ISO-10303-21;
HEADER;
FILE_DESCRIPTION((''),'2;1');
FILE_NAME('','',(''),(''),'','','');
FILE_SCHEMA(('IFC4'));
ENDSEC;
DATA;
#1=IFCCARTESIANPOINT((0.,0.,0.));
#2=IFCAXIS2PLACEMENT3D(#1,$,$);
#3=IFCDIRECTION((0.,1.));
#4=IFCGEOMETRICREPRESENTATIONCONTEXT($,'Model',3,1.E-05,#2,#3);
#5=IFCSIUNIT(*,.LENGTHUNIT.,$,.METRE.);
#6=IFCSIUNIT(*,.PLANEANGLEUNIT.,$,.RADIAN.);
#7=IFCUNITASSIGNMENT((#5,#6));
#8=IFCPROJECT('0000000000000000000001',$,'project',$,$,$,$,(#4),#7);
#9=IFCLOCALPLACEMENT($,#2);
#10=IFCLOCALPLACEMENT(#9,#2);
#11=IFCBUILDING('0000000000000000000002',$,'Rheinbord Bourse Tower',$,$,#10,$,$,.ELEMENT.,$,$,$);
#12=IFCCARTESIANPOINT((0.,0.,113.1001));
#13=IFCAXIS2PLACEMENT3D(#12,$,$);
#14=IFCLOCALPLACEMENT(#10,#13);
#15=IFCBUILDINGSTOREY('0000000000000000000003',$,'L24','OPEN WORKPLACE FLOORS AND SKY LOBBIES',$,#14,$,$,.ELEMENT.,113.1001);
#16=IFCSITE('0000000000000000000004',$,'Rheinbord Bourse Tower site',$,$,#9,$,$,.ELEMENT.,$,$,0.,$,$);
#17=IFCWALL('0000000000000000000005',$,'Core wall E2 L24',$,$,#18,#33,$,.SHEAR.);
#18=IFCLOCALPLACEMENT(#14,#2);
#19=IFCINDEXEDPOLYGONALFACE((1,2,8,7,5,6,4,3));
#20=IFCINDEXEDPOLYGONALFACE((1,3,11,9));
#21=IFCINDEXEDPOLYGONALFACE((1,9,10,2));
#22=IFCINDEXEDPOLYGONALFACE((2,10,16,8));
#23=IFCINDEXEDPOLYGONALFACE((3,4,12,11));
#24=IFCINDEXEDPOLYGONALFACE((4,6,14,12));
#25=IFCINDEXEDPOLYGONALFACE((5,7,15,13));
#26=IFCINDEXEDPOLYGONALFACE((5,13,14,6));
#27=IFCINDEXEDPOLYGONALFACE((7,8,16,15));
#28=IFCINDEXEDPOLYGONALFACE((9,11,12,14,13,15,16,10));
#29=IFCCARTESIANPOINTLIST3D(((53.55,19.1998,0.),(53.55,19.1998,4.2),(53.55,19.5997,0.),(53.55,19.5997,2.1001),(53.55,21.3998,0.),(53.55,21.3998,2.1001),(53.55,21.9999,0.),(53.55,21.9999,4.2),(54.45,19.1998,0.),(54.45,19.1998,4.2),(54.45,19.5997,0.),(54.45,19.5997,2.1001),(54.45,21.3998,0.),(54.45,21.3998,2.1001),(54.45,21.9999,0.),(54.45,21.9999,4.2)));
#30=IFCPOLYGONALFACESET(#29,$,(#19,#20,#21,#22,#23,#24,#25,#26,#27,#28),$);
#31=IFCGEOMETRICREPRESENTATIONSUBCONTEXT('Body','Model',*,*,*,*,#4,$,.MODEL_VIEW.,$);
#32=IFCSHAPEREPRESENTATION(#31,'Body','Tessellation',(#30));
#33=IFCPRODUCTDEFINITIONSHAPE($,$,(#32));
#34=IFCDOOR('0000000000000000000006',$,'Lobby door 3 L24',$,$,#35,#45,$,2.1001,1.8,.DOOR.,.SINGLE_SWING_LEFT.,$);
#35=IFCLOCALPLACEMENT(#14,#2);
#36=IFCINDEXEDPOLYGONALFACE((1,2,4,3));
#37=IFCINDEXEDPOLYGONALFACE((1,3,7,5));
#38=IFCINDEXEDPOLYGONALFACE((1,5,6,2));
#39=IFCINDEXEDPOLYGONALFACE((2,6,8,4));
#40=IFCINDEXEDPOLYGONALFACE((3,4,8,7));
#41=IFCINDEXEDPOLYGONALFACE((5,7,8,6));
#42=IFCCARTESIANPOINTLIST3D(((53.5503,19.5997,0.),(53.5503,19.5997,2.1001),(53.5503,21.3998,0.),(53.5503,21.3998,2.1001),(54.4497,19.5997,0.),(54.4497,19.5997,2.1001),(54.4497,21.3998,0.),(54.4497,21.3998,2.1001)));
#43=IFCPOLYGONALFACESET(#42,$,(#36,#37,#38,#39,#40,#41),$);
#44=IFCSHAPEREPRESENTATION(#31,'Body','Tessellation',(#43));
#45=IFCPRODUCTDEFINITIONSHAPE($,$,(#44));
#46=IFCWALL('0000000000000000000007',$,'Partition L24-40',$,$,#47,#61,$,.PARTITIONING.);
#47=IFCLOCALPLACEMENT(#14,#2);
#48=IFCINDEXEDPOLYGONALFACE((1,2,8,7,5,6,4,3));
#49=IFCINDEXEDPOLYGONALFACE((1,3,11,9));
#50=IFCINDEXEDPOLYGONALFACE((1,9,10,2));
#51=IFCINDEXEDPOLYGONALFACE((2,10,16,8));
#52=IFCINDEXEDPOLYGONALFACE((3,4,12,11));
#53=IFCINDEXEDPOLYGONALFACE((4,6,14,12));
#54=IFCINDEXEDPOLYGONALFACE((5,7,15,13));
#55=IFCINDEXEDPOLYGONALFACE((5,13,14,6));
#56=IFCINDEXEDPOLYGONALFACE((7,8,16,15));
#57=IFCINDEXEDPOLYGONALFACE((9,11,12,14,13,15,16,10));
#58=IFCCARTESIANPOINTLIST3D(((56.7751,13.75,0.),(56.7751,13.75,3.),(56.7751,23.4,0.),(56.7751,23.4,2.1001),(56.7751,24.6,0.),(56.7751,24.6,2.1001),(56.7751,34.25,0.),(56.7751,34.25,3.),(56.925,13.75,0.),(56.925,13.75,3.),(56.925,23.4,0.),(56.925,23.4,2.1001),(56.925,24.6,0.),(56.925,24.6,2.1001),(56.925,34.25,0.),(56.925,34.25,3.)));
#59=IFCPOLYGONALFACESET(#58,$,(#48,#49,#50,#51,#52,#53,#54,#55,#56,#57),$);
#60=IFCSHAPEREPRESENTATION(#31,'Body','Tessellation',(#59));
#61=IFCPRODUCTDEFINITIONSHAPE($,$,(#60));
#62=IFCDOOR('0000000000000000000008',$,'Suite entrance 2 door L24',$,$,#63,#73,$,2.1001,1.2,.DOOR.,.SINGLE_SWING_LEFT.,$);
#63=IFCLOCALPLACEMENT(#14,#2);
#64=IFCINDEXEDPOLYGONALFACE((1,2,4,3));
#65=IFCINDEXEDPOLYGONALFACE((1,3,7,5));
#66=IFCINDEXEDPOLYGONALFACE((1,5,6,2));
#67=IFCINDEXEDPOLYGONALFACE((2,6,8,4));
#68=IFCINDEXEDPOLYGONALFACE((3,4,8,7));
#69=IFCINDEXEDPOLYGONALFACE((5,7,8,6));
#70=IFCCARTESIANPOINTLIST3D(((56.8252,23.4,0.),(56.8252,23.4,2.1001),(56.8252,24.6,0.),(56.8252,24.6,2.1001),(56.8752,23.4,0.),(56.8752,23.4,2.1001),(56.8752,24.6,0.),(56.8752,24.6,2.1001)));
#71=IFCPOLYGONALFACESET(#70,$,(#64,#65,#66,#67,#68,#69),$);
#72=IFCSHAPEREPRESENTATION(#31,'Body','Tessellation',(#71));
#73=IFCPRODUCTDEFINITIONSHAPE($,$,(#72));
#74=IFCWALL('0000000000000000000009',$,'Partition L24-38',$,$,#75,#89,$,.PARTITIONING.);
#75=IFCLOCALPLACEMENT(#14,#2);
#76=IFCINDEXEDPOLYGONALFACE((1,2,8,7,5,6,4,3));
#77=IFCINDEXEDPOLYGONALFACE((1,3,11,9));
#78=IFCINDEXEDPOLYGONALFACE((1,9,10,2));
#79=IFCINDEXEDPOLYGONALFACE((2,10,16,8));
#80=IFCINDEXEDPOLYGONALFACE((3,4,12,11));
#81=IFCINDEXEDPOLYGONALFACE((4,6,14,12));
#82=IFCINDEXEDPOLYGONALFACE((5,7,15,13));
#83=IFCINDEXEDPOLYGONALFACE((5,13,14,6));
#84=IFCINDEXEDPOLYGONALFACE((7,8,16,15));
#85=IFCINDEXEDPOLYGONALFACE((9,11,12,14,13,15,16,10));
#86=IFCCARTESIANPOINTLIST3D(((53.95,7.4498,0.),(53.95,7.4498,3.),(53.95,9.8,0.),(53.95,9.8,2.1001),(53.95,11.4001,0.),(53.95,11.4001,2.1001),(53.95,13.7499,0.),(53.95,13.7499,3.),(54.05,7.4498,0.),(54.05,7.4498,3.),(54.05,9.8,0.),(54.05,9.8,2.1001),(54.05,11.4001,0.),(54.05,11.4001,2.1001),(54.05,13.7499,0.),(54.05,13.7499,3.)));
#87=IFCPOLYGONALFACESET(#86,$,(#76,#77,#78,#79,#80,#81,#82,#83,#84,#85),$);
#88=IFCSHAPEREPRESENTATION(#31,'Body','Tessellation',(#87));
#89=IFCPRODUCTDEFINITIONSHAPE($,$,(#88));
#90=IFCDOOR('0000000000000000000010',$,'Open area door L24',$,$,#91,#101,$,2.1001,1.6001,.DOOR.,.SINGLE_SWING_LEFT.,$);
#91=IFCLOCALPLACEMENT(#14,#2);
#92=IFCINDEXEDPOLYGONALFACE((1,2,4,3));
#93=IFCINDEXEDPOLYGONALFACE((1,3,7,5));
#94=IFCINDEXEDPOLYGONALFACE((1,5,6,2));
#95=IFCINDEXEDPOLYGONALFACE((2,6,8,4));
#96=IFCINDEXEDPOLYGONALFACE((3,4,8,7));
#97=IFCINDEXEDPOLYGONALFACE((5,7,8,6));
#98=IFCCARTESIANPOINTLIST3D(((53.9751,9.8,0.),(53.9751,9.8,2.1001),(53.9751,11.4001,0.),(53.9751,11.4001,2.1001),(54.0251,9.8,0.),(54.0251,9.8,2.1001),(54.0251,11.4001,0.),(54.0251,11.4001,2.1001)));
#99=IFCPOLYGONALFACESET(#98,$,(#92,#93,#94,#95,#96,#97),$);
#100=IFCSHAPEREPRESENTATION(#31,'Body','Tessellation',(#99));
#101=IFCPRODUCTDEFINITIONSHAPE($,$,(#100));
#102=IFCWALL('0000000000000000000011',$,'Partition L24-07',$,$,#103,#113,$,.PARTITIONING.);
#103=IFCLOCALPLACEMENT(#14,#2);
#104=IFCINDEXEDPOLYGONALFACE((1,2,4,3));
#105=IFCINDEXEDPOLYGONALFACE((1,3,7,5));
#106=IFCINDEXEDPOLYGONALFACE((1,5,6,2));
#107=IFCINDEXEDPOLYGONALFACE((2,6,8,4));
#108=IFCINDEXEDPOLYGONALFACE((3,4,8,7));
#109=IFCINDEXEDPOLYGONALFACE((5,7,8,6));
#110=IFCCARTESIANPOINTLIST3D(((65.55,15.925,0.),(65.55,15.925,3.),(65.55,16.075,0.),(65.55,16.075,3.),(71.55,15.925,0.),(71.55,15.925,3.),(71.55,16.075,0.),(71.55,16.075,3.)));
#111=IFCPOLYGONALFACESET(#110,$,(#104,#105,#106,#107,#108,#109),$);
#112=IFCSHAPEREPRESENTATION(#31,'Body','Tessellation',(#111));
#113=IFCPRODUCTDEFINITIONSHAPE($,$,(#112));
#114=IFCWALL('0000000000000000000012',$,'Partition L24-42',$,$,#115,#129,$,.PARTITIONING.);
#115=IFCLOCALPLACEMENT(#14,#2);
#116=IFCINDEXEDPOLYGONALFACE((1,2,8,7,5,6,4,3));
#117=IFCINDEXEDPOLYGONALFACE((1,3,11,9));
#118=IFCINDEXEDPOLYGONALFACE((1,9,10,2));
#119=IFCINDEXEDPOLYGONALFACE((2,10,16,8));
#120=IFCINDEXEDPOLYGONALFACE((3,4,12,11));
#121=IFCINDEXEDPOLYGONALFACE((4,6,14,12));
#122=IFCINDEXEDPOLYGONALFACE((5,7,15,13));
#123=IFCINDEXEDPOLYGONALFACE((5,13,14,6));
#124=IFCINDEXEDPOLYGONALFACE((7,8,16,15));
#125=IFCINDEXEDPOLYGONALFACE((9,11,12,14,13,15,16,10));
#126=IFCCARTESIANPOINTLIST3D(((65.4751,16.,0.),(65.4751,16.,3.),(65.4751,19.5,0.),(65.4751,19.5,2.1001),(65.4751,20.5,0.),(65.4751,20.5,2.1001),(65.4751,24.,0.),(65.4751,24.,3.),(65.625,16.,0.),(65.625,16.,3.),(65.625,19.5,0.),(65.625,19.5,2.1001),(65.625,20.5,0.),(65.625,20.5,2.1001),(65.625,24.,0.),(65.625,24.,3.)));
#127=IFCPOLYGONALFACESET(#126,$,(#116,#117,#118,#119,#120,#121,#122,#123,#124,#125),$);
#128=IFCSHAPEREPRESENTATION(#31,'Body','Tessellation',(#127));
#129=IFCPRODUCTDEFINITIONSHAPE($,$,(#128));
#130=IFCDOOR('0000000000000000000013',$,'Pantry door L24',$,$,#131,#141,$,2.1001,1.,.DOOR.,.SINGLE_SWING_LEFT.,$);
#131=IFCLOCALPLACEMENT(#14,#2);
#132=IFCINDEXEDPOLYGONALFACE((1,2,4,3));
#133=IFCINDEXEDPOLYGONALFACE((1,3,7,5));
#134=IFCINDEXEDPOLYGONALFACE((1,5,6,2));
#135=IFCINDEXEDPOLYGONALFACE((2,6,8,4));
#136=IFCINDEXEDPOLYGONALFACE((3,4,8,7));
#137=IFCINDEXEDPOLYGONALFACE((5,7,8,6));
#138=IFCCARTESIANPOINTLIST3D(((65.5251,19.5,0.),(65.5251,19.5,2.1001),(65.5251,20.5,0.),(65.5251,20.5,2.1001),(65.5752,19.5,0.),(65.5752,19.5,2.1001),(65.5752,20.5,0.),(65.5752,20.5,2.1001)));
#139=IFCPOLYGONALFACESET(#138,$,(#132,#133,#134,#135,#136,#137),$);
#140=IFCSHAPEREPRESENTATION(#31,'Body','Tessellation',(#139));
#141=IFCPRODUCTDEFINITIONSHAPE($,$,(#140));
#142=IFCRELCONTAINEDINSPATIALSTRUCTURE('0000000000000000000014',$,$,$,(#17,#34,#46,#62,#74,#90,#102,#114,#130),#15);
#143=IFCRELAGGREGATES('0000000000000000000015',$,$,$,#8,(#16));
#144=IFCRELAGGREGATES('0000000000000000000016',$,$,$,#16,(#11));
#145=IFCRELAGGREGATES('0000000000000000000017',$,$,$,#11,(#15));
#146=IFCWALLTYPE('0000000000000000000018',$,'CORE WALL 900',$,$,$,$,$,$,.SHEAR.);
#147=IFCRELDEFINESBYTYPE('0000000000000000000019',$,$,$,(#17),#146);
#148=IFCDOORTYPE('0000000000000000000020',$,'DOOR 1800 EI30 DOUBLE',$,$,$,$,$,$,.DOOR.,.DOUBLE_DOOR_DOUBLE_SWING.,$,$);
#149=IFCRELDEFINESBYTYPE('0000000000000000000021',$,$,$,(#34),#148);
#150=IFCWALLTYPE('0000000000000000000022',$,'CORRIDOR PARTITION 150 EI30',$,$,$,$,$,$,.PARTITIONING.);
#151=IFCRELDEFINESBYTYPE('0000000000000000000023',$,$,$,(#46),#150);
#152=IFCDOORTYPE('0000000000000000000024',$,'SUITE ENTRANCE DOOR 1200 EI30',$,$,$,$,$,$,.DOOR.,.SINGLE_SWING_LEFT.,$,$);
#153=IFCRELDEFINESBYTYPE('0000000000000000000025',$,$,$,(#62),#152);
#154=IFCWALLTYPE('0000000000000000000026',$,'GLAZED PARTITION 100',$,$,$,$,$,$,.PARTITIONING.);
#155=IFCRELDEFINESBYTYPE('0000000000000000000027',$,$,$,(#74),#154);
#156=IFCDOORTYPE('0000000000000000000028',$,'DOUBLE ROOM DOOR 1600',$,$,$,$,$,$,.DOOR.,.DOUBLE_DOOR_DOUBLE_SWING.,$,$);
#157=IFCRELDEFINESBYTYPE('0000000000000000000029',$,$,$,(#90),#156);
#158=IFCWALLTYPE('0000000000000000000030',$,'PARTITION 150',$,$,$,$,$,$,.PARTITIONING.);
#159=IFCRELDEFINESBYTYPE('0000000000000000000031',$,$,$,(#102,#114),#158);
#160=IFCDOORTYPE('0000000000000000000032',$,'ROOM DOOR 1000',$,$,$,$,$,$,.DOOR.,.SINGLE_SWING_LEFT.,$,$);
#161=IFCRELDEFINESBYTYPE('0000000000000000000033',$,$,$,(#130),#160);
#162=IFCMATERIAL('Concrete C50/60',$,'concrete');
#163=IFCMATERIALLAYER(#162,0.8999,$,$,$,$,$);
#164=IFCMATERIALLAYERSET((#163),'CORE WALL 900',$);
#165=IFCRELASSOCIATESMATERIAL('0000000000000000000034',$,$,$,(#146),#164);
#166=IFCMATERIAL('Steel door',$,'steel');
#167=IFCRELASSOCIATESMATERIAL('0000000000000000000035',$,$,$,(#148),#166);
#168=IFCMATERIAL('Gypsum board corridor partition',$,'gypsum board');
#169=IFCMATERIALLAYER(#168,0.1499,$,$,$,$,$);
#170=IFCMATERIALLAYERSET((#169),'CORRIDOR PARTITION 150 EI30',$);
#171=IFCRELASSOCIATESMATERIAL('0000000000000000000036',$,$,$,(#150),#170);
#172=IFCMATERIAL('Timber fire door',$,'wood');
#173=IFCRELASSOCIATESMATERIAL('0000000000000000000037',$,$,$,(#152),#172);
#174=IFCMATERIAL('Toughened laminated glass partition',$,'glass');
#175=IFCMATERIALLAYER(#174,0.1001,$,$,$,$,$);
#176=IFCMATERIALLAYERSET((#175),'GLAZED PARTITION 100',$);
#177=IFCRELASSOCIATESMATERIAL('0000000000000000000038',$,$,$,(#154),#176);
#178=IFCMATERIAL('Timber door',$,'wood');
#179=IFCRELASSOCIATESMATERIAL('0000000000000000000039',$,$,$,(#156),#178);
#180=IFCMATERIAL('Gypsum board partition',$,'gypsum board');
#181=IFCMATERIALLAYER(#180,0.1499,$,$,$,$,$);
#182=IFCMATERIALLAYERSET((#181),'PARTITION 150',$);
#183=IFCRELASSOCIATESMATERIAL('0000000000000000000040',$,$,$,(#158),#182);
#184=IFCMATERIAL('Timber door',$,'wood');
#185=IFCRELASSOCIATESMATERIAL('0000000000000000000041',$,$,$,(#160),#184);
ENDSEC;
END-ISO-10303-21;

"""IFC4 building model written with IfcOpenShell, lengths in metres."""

from ifc_helpers import new_model, si_unit, direction, frame, frame_2d, origin, place, context, subcontext, project, spatial, rectangle, extrude, material, layer, layer_set, type_object, element, fill, save


model = new_model("IFC4")

# Units and contexts
model_context = context("Model", 3, precision=1e-05, world=origin(), true_north=direction((0.0, 1.0)))
body_context = subcontext(model_context, "Body", "Model", "MODEL_VIEW")
ifc_project = project(units=[si_unit("LENGTHUNIT", "METRE"), si_unit("PLANEANGLEUNIT", "RADIAN")], contexts=[model_context])

# Site, building, storey
site_placement = place(None, origin())
site = spatial("IfcSite", under=ifc_project, at=site_placement, Name="Rheinbord Bourse Tower site", CompositionType="ELEMENT", RefElevation=0.0)
building_placement = place(site_placement, origin())
building = spatial("IfcBuilding", under=site, at=building_placement, Name="Rheinbord Bourse Tower", CompositionType="ELEMENT")
storey_placement = place(building_placement, frame((0.0, 0.0, 113.1001)))
storey = spatial("IfcBuildingStorey", under=building, at=storey_placement, Name="L24", Description="OPEN WORKPLACE FLOORS AND SKY LOBBIES", CompositionType="ELEMENT", Elevation=113.1001)

# Shared definitions
ifc_material_1 = material(Name="Concrete C50/60", Category="concrete")
ifc_layer_1 = layer(ifc_material_1, 0.8999)
ifc_layer_set_1 = layer_set([ifc_layer_1], Name="CORE WALL 900")
wall_type_1 = type_object("IfcWallType", Name="CORE WALL 900", PredefinedType="SHEAR", material=ifc_layer_set_1)

# Walls, openings, doors
wall_1_placement = place(storey_placement, frame((54.0, 19.2, 0.0), z_axis=(0.0, 0.0, 1.0), x_axis=(0.0, 1.0, 0.0)))
wall_1 = element("IfcWall", 1, at=wall_1_placement, inside=storey, type_object=wall_type_1, Name="Core wall E2 L24", PredefinedType="SHEAR", context=body_context, shape_type="SweptSolid", body=[
    extrude(rectangle(XDim=2.8, YDim=0.8999, at=frame_2d((1.3999, 0.0))), origin(), (0.0, 0.0, 1.0), 4.2),
])
opening_1_placement = place(wall_1_placement, frame((0.3999, 0.0, 0.0)))
opening_1 = element("IfcOpeningElement", 2, at=opening_1_placement, cuts=wall_1, PredefinedType="OPENING", context=body_context, shape_type="SweptSolid", body=[
    extrude(rectangle(XDim=1.8, YDim=2.1001, at=frame_2d((0.8999, 1.05))), frame((0.0, 0.46, 0.0), z_axis=(0.0, -1.0, 0.0), x_axis=(1.0, 0.0, 0.0)), (0.0, 0.0, 1.0), 0.9199),
])
ifc_material_2 = material(Name="Steel door", Category="steel")
door_type_1 = type_object("IfcDoorType", Name="DOOR 1800 EI30 DOUBLE", OperationType="DOUBLE_DOOR_DOUBLE_SWING", PredefinedType="DOOR", material=ifc_material_2)
door_1_placement = place(opening_1_placement, origin())
door_1 = element("IfcDoor", 3, at=door_1_placement, inside=storey, type_object=door_type_1, Name="Lobby door 3 L24", OperationType="SINGLE_SWING_LEFT", OverallHeight=2.1001, OverallWidth=1.8, PredefinedType="DOOR", context=body_context, shape_type="SweptSolid", body=[
    extrude(rectangle(XDim=1.8, YDim=2.1001, at=frame_2d((0.8999, 1.05))), frame((0.0, 0.4497, 0.0), z_axis=(0.0, -1.0, 0.0), x_axis=(1.0, 0.0, 0.0)), (0.0, 0.0, 1.0), 0.8994),
])
fill(opening_1, door_1)
ifc_material_3 = material(Name="Gypsum board corridor partition", Category="gypsum board")
ifc_layer_2 = layer(ifc_material_3, 0.1499)
ifc_layer_set_2 = layer_set([ifc_layer_2], Name="CORRIDOR PARTITION 150 EI30")
wall_type_2 = type_object("IfcWallType", Name="CORRIDOR PARTITION 150 EI30", PredefinedType="PARTITIONING", material=ifc_layer_set_2)
wall_2_placement = place(storey_placement, frame((56.8501, 13.75, 0.0), z_axis=(0.0, 0.0, 1.0), x_axis=(0.0, 1.0, 0.0)))
wall_2 = element("IfcWall", 4, at=wall_2_placement, inside=storey, type_object=wall_type_2, Name="Partition L24-40", PredefinedType="PARTITIONING", context=body_context, shape_type="SweptSolid", body=[
    extrude(rectangle(XDim=20.5, YDim=0.1499, at=frame_2d((10.25, 0.0))), origin(), (0.0, 0.0, 1.0), 3.0),
])
opening_2_placement = place(wall_2_placement, frame((9.6499, 0.0, 0.0)))
opening_2 = element("IfcOpeningElement", 5, at=opening_2_placement, cuts=wall_2, PredefinedType="OPENING", context=body_context, shape_type="SweptSolid", body=[
    extrude(rectangle(XDim=1.2, YDim=2.1001, at=frame_2d((0.6001, 1.05))), frame((0.0, 0.085, 0.0), z_axis=(0.0, -1.0, 0.0), x_axis=(1.0, 0.0, 0.0)), (0.0, 0.0, 1.0), 0.1699),
])
ifc_material_4 = material(Name="Timber fire door", Category="wood")
door_type_2 = type_object("IfcDoorType", Name="SUITE ENTRANCE DOOR 1200 EI30", OperationType="SINGLE_SWING_LEFT", PredefinedType="DOOR", material=ifc_material_4)
door_2_placement = place(opening_2_placement, origin())
door_2 = element("IfcDoor", 6, at=door_2_placement, inside=storey, type_object=door_type_2, Name="Suite entrance 2 door L24", OperationType="SINGLE_SWING_LEFT", OverallHeight=2.1001, OverallWidth=1.2, PredefinedType="DOOR", context=body_context, shape_type="SweptSolid", body=[
    extrude(rectangle(XDim=1.2, YDim=2.1001, at=frame_2d((0.6001, 1.05))), frame((0.0, 0.0249, 0.0), z_axis=(0.0, -1.0, 0.0), x_axis=(1.0, 0.0, 0.0)), (0.0, 0.0, 1.0), 0.05),
])
fill(opening_2, door_2)
ifc_material_5 = material(Name="Toughened laminated glass partition", Category="glass")
ifc_layer_3 = layer(ifc_material_5, 0.1001)
ifc_layer_set_3 = layer_set([ifc_layer_3], Name="GLAZED PARTITION 100")
wall_type_3 = type_object("IfcWallType", Name="GLAZED PARTITION 100", PredefinedType="PARTITIONING", material=ifc_layer_set_3)
wall_3_placement = place(storey_placement, frame((54.0, 7.45, 0.0), z_axis=(0.0, 0.0, 1.0), x_axis=(0.0, 1.0, 0.0)))
wall_3 = element("IfcWall", 7, at=wall_3_placement, inside=storey, type_object=wall_type_3, Name="Partition L24-38", PredefinedType="PARTITIONING", context=body_context, shape_type="SweptSolid", body=[
    extrude(rectangle(XDim=6.3, YDim=0.1001, at=frame_2d((3.1499, 0.0))), origin(), (0.0, 0.0, 1.0), 3.0),
])
opening_3_placement = place(wall_3_placement, frame((2.3501, 0.0, 0.0)))
opening_3 = element("IfcOpeningElement", 8, at=opening_3_placement, cuts=wall_3, PredefinedType="OPENING", context=body_context, shape_type="SweptSolid", body=[
    extrude(rectangle(XDim=1.6001, YDim=2.1001, at=frame_2d((0.8, 1.05))), frame((0.0, 0.0601, 0.0), z_axis=(0.0, -1.0, 0.0), x_axis=(1.0, 0.0, 0.0)), (0.0, 0.0, 1.0), 0.1201),
])
ifc_material_6 = material(Name="Timber door", Category="wood")
door_type_3 = type_object("IfcDoorType", Name="DOUBLE ROOM DOOR 1600", OperationType="DOUBLE_DOOR_DOUBLE_SWING", PredefinedType="DOOR", material=ifc_material_6)
door_3_placement = place(opening_3_placement, origin())
door_3 = element("IfcDoor", 9, at=door_3_placement, inside=storey, type_object=door_type_3, Name="Open area door L24", OperationType="SINGLE_SWING_LEFT", OverallHeight=2.1001, OverallWidth=1.6001, PredefinedType="DOOR", context=body_context, shape_type="SweptSolid", body=[
    extrude(rectangle(XDim=1.6001, YDim=2.1001, at=frame_2d((0.8, 1.05))), frame((0.0, 0.0249, 0.0), z_axis=(0.0, -1.0, 0.0), x_axis=(1.0, 0.0, 0.0)), (0.0, 0.0, 1.0), 0.05),
])
fill(opening_3, door_3)

# Wall
ifc_material_7 = material(Name="Gypsum board partition", Category="gypsum board")
ifc_layer_4 = layer(ifc_material_7, 0.1499)
ifc_layer_set_4 = layer_set([ifc_layer_4], Name="PARTITION 150")
wall_type_4 = type_object("IfcWallType", Name="PARTITION 150", PredefinedType="PARTITIONING", material=ifc_layer_set_4)
wall_4_placement = place(storey_placement, frame((65.55, 16.0, 0.0), z_axis=(0.0, 0.0, 1.0), x_axis=(1.0, 0.0, 0.0)))
element("IfcWall", 10, at=wall_4_placement, inside=storey, type_object=wall_type_4, Name="Partition L24-07", PredefinedType="PARTITIONING", context=body_context, shape_type="SweptSolid", body=[
    extrude(rectangle(XDim=6.0, YDim=0.1499, at=frame_2d((3.0, 0.0))), origin(), (0.0, 0.0, 1.0), 3.0),
])

# Wall, opening, door
wall_5_placement = place(storey_placement, frame((65.55, 16.0, 0.0), z_axis=(0.0, 0.0, 1.0), x_axis=(0.0, 1.0, 0.0)))
wall_5 = element("IfcWall", 11, at=wall_5_placement, inside=storey, type_object=wall_type_4, Name="Partition L24-42", PredefinedType="PARTITIONING", context=body_context, shape_type="SweptSolid", body=[
    extrude(rectangle(XDim=8.0, YDim=0.1499, at=frame_2d((4.0, 0.0))), origin(), (0.0, 0.0, 1.0), 3.0),
])
opening_4_placement = place(wall_5_placement, frame((3.5, 0.0, 0.0)))
opening_4 = element("IfcOpeningElement", 12, at=opening_4_placement, cuts=wall_5, PredefinedType="OPENING", context=body_context, shape_type="SweptSolid", body=[
    extrude(rectangle(XDim=1.0, YDim=2.1001, at=frame_2d((0.5, 1.05))), frame((0.0, 0.085, 0.0), z_axis=(0.0, -1.0, 0.0), x_axis=(1.0, 0.0, 0.0)), (0.0, 0.0, 1.0), 0.1699),
])
ifc_material_8 = material(Name="Timber door", Category="wood")
door_type_4 = type_object("IfcDoorType", Name="ROOM DOOR 1000", OperationType="SINGLE_SWING_LEFT", PredefinedType="DOOR", material=ifc_material_8)
door_4_placement = place(opening_4_placement, origin())
door_4 = element("IfcDoor", 13, at=door_4_placement, inside=storey, type_object=door_type_4, Name="Pantry door L24", OperationType="SINGLE_SWING_LEFT", OverallHeight=2.1001, OverallWidth=1.0, PredefinedType="DOOR", context=body_context, shape_type="SweptSolid", body=[
    extrude(rectangle(XDim=1.0, YDim=2.1001, at=frame_2d((0.5, 1.05))), frame((0.0, 0.0249, 0.0), z_axis=(0.0, -1.0, 0.0), x_axis=(1.0, 0.0, 0.0)), (0.0, 0.0, 1.0), 0.05),
])
fill(opening_4, door_4)

save(model, "model.ifc")
